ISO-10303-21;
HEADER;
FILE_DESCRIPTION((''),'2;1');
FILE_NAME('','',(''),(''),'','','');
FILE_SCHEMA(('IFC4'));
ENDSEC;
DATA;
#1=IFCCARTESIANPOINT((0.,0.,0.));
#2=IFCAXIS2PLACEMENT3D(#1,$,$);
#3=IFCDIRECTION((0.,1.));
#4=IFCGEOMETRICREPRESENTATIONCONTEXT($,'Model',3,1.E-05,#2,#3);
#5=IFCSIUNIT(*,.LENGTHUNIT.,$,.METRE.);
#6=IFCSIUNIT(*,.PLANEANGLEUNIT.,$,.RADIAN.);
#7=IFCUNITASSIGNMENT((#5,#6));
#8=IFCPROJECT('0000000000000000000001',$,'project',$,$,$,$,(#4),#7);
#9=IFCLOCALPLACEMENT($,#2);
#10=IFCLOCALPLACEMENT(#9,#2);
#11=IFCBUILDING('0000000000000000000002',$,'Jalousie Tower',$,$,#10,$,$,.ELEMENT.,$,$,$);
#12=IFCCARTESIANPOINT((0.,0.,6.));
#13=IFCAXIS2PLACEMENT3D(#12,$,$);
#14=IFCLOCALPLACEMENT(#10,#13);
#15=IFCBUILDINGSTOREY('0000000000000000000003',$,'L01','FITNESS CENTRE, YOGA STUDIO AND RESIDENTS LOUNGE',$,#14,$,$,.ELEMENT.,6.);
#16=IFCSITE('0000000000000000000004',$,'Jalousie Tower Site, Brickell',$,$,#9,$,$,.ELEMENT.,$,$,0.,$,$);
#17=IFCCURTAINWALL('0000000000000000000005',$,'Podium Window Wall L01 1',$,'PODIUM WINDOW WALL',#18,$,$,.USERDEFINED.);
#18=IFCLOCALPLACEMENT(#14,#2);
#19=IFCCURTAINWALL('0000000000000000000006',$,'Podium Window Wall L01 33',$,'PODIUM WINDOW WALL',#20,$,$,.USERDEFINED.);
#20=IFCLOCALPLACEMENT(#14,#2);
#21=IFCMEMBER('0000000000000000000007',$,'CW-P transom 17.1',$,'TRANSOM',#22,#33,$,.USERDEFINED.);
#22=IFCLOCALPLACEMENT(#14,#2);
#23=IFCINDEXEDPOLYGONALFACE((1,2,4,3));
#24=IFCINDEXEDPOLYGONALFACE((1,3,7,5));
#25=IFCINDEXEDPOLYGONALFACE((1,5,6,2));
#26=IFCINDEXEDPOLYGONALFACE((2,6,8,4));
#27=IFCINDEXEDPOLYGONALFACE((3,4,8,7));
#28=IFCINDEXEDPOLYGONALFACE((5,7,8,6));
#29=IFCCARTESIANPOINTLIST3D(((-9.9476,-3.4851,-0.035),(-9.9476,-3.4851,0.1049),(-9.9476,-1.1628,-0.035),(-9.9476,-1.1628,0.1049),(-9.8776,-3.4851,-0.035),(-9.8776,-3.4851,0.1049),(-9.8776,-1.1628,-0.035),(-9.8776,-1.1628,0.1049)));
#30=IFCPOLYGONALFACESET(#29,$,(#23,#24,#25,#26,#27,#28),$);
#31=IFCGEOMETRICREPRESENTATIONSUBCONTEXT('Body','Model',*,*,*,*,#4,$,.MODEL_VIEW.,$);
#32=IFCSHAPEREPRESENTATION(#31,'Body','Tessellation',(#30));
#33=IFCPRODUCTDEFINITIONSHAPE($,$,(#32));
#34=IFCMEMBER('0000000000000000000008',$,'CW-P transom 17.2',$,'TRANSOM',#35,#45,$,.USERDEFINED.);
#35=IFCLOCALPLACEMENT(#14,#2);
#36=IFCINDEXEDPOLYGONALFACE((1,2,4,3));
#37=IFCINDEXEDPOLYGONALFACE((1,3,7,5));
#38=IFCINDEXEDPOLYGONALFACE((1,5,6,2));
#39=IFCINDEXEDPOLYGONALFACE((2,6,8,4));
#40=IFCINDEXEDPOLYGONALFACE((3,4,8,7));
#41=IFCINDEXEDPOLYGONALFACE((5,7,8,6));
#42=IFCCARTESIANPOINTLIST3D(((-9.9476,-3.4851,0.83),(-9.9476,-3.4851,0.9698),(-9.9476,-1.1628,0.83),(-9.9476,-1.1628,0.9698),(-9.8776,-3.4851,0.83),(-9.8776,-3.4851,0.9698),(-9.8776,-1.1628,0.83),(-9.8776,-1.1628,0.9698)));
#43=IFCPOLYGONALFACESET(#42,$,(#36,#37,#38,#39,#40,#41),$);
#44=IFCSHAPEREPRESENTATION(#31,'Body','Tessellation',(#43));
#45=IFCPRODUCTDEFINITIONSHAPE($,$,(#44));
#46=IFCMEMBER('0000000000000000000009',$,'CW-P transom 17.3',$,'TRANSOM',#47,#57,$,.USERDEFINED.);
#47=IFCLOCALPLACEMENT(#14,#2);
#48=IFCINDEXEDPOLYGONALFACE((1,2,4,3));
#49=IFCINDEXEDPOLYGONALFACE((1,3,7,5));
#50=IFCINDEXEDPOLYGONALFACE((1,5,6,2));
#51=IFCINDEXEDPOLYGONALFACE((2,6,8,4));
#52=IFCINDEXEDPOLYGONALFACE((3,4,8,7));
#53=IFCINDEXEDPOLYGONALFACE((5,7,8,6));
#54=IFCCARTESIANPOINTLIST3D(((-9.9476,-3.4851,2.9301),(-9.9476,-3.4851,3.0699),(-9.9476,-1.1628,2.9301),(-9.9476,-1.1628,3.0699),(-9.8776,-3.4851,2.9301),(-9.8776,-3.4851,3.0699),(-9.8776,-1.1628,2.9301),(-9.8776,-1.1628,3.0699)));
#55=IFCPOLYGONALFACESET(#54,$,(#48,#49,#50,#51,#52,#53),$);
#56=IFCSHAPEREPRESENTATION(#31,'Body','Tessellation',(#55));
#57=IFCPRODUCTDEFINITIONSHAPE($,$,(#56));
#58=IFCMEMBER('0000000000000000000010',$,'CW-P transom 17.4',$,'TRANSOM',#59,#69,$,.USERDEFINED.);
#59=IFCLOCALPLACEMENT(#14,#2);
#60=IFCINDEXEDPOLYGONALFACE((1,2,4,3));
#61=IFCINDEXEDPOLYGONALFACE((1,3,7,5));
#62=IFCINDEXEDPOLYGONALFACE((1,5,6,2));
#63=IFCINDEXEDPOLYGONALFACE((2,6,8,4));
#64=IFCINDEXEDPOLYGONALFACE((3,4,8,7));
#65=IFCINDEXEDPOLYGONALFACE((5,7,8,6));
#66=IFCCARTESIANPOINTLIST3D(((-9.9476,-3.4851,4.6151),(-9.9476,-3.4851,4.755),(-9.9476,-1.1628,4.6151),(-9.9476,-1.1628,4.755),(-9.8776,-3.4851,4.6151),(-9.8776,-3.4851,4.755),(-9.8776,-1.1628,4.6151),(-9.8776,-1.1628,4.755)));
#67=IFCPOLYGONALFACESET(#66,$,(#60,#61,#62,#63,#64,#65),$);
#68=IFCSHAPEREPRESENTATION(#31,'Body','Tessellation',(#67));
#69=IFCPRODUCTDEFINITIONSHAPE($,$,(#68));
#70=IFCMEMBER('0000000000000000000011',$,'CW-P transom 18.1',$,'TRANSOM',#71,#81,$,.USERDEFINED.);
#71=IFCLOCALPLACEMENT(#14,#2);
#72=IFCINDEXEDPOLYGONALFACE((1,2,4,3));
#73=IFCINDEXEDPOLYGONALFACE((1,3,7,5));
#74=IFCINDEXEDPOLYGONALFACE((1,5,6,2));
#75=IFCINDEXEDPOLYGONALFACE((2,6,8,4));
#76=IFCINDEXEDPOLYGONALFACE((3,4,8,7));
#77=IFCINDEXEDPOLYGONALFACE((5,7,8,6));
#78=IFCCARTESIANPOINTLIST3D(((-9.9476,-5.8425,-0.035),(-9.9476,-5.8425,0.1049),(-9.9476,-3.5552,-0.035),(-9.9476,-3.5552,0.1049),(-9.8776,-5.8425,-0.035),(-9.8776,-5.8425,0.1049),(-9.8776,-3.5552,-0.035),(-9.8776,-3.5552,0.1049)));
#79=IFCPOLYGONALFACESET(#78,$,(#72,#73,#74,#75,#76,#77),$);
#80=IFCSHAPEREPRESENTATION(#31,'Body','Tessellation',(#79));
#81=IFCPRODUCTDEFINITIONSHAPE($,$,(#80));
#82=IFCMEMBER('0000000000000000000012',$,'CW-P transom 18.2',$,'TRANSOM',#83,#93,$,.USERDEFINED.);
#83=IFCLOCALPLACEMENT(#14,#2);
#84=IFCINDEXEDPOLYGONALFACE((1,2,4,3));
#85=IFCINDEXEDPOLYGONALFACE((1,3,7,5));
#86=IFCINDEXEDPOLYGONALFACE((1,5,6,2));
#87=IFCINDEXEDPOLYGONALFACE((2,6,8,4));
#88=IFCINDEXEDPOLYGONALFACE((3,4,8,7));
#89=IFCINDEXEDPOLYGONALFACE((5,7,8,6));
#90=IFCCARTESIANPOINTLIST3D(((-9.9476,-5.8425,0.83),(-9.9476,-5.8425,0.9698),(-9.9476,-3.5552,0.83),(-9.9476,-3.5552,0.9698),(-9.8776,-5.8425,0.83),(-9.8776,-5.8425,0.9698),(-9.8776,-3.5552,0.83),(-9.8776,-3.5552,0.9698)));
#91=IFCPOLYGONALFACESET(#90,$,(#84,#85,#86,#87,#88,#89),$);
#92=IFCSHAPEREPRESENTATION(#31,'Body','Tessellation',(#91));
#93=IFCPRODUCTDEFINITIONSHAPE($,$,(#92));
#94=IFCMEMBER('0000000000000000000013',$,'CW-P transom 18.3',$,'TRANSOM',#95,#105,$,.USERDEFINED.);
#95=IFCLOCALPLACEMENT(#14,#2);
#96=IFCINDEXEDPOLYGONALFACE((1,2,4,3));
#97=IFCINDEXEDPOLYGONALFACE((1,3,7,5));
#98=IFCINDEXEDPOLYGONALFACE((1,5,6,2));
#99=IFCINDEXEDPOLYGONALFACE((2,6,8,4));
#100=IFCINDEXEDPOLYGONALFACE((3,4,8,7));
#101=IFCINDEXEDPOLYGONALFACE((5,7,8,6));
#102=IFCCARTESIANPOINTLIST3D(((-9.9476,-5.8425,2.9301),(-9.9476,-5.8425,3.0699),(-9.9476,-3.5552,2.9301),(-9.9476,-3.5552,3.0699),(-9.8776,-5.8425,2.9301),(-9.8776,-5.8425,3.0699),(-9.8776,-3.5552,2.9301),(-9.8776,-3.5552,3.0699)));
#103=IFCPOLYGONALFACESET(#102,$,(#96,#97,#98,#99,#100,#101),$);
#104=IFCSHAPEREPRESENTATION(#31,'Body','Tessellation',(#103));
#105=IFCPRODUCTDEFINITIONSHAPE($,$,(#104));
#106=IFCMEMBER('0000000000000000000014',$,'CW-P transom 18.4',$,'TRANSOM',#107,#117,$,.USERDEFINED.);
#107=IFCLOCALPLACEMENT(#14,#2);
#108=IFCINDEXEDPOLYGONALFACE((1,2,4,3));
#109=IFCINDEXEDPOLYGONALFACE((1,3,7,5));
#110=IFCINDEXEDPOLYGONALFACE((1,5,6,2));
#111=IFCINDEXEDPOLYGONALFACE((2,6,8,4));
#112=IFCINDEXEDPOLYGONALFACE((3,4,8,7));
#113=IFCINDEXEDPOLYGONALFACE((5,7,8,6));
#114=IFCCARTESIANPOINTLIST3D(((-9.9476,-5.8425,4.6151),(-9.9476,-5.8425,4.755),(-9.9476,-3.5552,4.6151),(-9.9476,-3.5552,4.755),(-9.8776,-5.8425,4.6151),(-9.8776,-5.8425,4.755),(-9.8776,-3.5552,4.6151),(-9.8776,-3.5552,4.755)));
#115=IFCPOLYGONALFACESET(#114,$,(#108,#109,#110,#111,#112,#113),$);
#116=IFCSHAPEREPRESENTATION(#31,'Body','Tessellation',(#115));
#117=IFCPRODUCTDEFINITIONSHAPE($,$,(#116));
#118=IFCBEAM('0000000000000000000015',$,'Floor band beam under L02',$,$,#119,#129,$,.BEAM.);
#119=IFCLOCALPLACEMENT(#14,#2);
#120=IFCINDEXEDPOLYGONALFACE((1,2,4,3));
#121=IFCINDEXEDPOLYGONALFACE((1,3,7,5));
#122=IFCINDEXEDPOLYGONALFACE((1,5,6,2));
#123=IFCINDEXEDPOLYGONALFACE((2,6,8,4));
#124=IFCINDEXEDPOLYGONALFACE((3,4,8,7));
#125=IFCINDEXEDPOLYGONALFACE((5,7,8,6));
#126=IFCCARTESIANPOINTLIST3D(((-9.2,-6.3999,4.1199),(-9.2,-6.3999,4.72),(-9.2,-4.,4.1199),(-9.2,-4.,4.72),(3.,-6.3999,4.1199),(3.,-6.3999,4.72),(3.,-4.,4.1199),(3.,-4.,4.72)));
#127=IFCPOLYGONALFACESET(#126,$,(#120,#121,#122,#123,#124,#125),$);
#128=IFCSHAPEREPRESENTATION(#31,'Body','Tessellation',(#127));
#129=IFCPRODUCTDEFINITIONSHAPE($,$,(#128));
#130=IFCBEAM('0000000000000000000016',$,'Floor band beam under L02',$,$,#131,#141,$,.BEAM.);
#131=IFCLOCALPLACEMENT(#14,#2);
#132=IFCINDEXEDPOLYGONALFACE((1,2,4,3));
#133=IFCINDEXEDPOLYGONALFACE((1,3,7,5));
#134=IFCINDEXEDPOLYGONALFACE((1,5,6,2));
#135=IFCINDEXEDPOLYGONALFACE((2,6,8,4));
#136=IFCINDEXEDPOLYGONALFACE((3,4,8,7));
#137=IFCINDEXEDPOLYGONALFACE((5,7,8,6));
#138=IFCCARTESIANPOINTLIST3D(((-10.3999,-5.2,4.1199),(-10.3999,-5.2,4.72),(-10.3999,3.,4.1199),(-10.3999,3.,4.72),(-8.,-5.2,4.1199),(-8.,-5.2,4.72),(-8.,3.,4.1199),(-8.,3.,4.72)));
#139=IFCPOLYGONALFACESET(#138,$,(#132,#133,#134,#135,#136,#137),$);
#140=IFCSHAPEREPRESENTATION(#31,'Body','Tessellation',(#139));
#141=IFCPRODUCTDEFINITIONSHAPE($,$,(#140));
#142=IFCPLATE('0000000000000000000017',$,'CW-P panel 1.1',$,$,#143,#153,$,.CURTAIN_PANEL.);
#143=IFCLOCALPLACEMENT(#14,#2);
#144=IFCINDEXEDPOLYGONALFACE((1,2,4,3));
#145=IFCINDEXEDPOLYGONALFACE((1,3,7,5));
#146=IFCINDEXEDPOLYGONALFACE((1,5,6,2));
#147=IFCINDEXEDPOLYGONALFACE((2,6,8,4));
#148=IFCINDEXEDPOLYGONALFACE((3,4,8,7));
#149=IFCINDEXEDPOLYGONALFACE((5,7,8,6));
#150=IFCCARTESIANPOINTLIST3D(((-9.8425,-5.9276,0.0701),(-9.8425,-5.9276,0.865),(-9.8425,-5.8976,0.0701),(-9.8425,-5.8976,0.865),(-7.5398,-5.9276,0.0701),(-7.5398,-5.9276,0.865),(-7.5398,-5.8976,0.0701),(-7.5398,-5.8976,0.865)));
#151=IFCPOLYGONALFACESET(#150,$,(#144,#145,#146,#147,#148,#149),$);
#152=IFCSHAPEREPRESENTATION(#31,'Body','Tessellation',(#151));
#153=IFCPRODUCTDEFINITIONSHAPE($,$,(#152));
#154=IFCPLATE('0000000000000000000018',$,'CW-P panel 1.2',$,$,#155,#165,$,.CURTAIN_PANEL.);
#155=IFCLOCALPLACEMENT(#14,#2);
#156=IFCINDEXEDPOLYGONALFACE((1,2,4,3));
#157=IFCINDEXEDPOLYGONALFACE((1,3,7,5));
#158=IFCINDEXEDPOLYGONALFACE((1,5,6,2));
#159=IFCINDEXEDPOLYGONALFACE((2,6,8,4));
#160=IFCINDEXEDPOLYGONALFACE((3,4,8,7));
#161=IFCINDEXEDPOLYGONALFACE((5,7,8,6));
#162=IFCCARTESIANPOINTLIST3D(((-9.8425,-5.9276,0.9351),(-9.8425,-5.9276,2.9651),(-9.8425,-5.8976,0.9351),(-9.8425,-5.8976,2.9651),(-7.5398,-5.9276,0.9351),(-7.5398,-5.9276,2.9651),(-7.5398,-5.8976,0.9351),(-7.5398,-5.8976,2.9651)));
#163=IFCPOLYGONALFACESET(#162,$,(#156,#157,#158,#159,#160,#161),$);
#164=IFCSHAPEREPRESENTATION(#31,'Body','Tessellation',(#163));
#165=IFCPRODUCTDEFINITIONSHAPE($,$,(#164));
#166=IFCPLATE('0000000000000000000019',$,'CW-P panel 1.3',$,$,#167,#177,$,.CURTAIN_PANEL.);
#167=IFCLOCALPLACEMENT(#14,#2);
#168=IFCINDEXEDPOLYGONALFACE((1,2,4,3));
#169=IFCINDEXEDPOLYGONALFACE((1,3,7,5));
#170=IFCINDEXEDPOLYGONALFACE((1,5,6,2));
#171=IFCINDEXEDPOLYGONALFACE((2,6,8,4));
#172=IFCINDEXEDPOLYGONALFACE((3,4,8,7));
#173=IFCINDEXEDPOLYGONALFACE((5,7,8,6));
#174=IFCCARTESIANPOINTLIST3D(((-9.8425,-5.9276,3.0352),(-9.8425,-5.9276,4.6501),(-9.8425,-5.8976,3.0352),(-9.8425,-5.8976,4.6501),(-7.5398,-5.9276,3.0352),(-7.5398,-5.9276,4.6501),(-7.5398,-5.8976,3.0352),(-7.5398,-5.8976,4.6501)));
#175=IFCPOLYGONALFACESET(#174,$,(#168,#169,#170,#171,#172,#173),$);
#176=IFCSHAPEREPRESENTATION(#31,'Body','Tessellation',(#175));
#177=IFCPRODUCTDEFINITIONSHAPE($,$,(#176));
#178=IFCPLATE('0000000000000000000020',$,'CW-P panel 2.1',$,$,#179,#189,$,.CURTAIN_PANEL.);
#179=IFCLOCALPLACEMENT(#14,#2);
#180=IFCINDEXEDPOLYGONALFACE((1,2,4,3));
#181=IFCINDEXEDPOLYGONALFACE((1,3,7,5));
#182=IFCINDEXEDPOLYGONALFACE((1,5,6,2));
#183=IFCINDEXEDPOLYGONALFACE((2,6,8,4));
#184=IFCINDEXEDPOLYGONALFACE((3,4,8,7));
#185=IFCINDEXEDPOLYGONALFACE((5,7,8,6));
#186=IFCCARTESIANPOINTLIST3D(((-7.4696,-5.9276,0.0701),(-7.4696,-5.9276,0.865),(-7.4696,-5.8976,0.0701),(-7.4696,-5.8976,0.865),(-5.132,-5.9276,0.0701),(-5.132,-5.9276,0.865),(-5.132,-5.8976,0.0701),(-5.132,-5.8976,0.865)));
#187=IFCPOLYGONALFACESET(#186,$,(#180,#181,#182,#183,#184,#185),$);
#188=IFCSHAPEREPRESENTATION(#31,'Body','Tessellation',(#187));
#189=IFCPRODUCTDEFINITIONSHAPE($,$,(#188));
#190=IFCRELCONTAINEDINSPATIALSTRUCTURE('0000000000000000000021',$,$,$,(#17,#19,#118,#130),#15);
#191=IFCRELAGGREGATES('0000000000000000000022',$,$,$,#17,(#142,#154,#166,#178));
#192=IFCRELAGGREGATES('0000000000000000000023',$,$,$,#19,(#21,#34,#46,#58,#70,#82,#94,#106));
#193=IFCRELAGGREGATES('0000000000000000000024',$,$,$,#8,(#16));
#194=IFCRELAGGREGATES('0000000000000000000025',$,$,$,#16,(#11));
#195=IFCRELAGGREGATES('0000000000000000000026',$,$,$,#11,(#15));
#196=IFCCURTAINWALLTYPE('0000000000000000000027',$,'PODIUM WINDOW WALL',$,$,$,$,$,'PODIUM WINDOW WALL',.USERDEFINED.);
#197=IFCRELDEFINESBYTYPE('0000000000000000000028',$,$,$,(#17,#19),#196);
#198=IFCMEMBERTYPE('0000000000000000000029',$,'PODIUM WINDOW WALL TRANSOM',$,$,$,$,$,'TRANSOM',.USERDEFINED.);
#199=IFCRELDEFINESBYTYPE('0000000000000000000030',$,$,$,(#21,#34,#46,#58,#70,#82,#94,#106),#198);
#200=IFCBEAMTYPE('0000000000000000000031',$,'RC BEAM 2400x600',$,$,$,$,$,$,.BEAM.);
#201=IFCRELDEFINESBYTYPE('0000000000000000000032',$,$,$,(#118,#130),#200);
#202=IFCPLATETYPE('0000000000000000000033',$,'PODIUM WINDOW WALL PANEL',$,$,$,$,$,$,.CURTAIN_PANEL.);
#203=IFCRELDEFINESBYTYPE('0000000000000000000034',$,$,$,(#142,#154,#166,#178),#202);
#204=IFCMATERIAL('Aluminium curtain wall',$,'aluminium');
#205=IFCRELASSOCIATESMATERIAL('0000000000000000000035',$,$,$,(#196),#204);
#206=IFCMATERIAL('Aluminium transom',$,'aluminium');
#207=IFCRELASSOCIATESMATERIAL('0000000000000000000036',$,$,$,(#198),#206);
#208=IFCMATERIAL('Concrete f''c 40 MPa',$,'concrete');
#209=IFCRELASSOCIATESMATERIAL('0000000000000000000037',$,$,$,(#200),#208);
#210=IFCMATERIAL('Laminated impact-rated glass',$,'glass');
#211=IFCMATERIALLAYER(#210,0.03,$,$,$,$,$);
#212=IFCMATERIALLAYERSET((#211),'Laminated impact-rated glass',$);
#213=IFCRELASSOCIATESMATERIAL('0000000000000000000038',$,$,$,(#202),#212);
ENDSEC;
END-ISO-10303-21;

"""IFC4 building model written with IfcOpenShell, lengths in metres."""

from ifc_helpers import new_model, si_unit, direction, frame, origin, origin_2d, place, context, subcontext, project, spatial, rectangle, extrude, material, layer, layer_set, material_profile, profile_set, type_object, element, aggregate, save


model = new_model("IFC4")

# Units and contexts
model_context = context("Model", 3, precision=1e-05, world=origin(), true_north=direction((0.0, 1.0)))
body_context = subcontext(model_context, "Body", "Model", "MODEL_VIEW")
ifc_project = project(units=[si_unit("LENGTHUNIT", "METRE"), si_unit("PLANEANGLEUNIT", "RADIAN")], contexts=[model_context])

# Site, building, storey
site_placement = place(None, origin())
site = spatial("IfcSite", under=ifc_project, at=site_placement, Name="Jalousie Tower Site, Brickell", CompositionType="ELEMENT", RefElevation=0.0)
building_placement = place(site_placement, origin())
building = spatial("IfcBuilding", under=site, at=building_placement, Name="Jalousie Tower", CompositionType="ELEMENT")
storey_placement = place(building_placement, frame((0.0, 0.0, 6.0)))
storey = spatial("IfcBuildingStorey", under=building, at=storey_placement, Name="L01", Description="FITNESS CENTRE, YOGA STUDIO AND RESIDENTS LOUNGE", CompositionType="ELEMENT", Elevation=6.0)

# Curtain walls
ifc_material_1 = material(Name="Aluminium curtain wall", Category="aluminium")
curtain_wall_type = type_object("IfcCurtainWallType", Name="PODIUM WINDOW WALL", ElementType="PODIUM WINDOW WALL", PredefinedType="USERDEFINED", material=ifc_material_1)
curtain_wall_1_placement = place(storey_placement, origin())
curtain_wall_1 = element("IfcCurtainWall", 1, at=curtain_wall_1_placement, inside=storey, type_object=curtain_wall_type, Name="Podium Window Wall L01 1", ObjectType="PODIUM WINDOW WALL", PredefinedType="USERDEFINED")
curtain_wall_2_placement = place(storey_placement, origin())
curtain_wall_2 = element("IfcCurtainWall", 2, at=curtain_wall_2_placement, inside=storey, type_object=curtain_wall_type, Name="Podium Window Wall L01 33", ObjectType="PODIUM WINDOW WALL", PredefinedType="USERDEFINED")

# Members
ifc_material_2 = material(Name="Aluminium transom", Category="aluminium")
ifc_material_profile_1 = material_profile(ifc_material_2, rectangle(XDim=0.0701, YDim=0.1399, at=origin_2d()), Name="TRANSOM 70x140")
ifc_profile_set_1 = profile_set([ifc_material_profile_1], Name="Aluminium transom")
member_type_1 = type_object("IfcMemberType", Name="PODIUM WINDOW WALL TRANSOM", ElementType="TRANSOM", PredefinedType="USERDEFINED", material=ifc_profile_set_1)
member_1_placement = place(storey_placement, frame((-9.9126, -1.1628, 0.0349), z_axis=(0.0, -1.0, 0.0), x_axis=(1.0, 0.0, 0.0)))
member_1 = element("IfcMember", 3, at=member_1_placement, type_object=member_type_1, Name="CW-P transom 17.1", ObjectType="TRANSOM", PredefinedType="USERDEFINED", context=body_context, shape_type="SweptSolid", body=[
    extrude(rectangle(XDim=0.0701, YDim=0.1399, at=origin_2d()), origin(), (0.0, 0.0, 1.0), 2.3223),
])
member_2_placement = place(storey_placement, frame((-9.9126, -1.1628, 0.8999), z_axis=(0.0, -1.0, 0.0), x_axis=(1.0, 0.0, 0.0)))
member_2 = element("IfcMember", 4, at=member_2_placement, type_object=member_type_1, Name="CW-P transom 17.2", ObjectType="TRANSOM", PredefinedType="USERDEFINED", context=body_context, shape_type="SweptSolid", body=[
    extrude(rectangle(XDim=0.0701, YDim=0.1399, at=origin_2d()), origin(), (0.0, 0.0, 1.0), 2.3223),
])
member_3_placement = place(storey_placement, frame((-9.9126, -1.1628, 3.0), z_axis=(0.0, -1.0, 0.0), x_axis=(1.0, 0.0, 0.0)))
member_3 = element("IfcMember", 5, at=member_3_placement, type_object=member_type_1, Name="CW-P transom 17.3", ObjectType="TRANSOM", PredefinedType="USERDEFINED", context=body_context, shape_type="SweptSolid", body=[
    extrude(rectangle(XDim=0.0701, YDim=0.1399, at=origin_2d()), origin(), (0.0, 0.0, 1.0), 2.3223),
])
member_4_placement = place(storey_placement, frame((-9.9126, -1.1628, 4.6851), z_axis=(0.0, -1.0, 0.0), x_axis=(1.0, 0.0, 0.0)))
member_4 = element("IfcMember", 6, at=member_4_placement, type_object=member_type_1, Name="CW-P transom 17.4", ObjectType="TRANSOM", PredefinedType="USERDEFINED", context=body_context, shape_type="SweptSolid", body=[
    extrude(rectangle(XDim=0.0701, YDim=0.1399, at=origin_2d()), origin(), (0.0, 0.0, 1.0), 2.3223),
])
member_5_placement = place(storey_placement, frame((-9.9126, -3.5552, 0.0349), z_axis=(0.0, -1.0, 0.0), x_axis=(1.0, 0.0, 0.0)))
member_5 = element("IfcMember", 7, at=member_5_placement, type_object=member_type_1, Name="CW-P transom 18.1", ObjectType="TRANSOM", PredefinedType="USERDEFINED", context=body_context, shape_type="SweptSolid", body=[
    extrude(rectangle(XDim=0.0701, YDim=0.1399, at=origin_2d()), origin(), (0.0, 0.0, 1.0), 2.2874),
])
member_6_placement = place(storey_placement, frame((-9.9126, -3.5552, 0.8999), z_axis=(0.0, -1.0, 0.0), x_axis=(1.0, 0.0, 0.0)))
member_6 = element("IfcMember", 8, at=member_6_placement, type_object=member_type_1, Name="CW-P transom 18.2", ObjectType="TRANSOM", PredefinedType="USERDEFINED", context=body_context, shape_type="SweptSolid", body=[
    extrude(rectangle(XDim=0.0701, YDim=0.1399, at=origin_2d()), origin(), (0.0, 0.0, 1.0), 2.2874),
])
member_7_placement = place(storey_placement, frame((-9.9126, -3.5552, 3.0), z_axis=(0.0, -1.0, 0.0), x_axis=(1.0, 0.0, 0.0)))
member_7 = element("IfcMember", 9, at=member_7_placement, type_object=member_type_1, Name="CW-P transom 18.3", ObjectType="TRANSOM", PredefinedType="USERDEFINED", context=body_context, shape_type="SweptSolid", body=[
    extrude(rectangle(XDim=0.0701, YDim=0.1399, at=origin_2d()), origin(), (0.0, 0.0, 1.0), 2.2874),
])
member_8_placement = place(storey_placement, frame((-9.9126, -3.5552, 4.6851), z_axis=(0.0, -1.0, 0.0), x_axis=(1.0, 0.0, 0.0)))
member_8 = element("IfcMember", 10, at=member_8_placement, type_object=member_type_1, Name="CW-P transom 18.4", ObjectType="TRANSOM", PredefinedType="USERDEFINED", context=body_context, shape_type="SweptSolid", body=[
    extrude(rectangle(XDim=0.0701, YDim=0.1399, at=origin_2d()), origin(), (0.0, 0.0, 1.0), 2.2874),
])

# Beams
ifc_material_3 = material(Name="Concrete f'c 40 MPa", Category="concrete")
ifc_material_profile_2 = material_profile(ifc_material_3, rectangle(XDim=2.3999, YDim=0.6001, at=origin_2d()), Name="RC 2400x600")
ifc_profile_set_2 = profile_set([ifc_material_profile_2], Name="Concrete f'c 40 MPa")
beam_type = type_object("IfcBeamType", Name="RC BEAM 2400x600", PredefinedType="BEAM", material=ifc_profile_set_2)
beam_1_placement = place(storey_placement, frame((-9.2, -5.2, 4.4199), z_axis=(1.0, 0.0, 0.0), x_axis=(0.0, 1.0, 0.0)))
element("IfcBeam", 11, at=beam_1_placement, inside=storey, type_object=beam_type, Name="Floor band beam under L02", PredefinedType="BEAM", context=body_context, shape_type="SweptSolid", body=[
    extrude(rectangle(XDim=2.3999, YDim=0.6001, at=origin_2d()), origin(), (0.0, 0.0, 1.0), 12.2),
])
beam_2_placement = place(storey_placement, frame((-9.2, -5.2, 4.4199), z_axis=(0.0, 1.0, 0.0), x_axis=(-1.0, 0.0, 0.0)))
element("IfcBeam", 12, at=beam_2_placement, inside=storey, type_object=beam_type, Name="Floor band beam under L02", PredefinedType="BEAM", context=body_context, shape_type="SweptSolid", body=[
    extrude(rectangle(XDim=2.3999, YDim=0.6001, at=origin_2d()), origin(), (0.0, 0.0, 1.0), 8.2),
])

# Plates
ifc_material_4 = material(Name="Laminated impact-rated glass", Category="glass")
ifc_layer = layer(ifc_material_4, 0.03)
ifc_layer_set = layer_set([ifc_layer], Name="Laminated impact-rated glass")
plate_type = type_object("IfcPlateType", Name="PODIUM WINDOW WALL PANEL", PredefinedType="CURTAIN_PANEL", material=ifc_layer_set)
plate_1_placement = place(storey_placement, frame((-8.6912, -5.9126, 0.0701), z_axis=(0.0, 0.0, 1.0), x_axis=(1.0, 0.0, 0.0)))
plate_1 = element("IfcPlate", 13, at=plate_1_placement, type_object=plate_type, Name="CW-P panel 1.1", PredefinedType="CURTAIN_PANEL", context=body_context, shape_type="SweptSolid", body=[
    extrude(rectangle(XDim=2.3027, YDim=0.03, at=origin_2d()), origin(), (0.0, 0.0, 1.0), 0.7949),
])
plate_2_placement = place(storey_placement, frame((-8.6912, -5.9126, 0.9351), z_axis=(0.0, 0.0, 1.0), x_axis=(1.0, 0.0, 0.0)))
plate_2 = element("IfcPlate", 14, at=plate_2_placement, type_object=plate_type, Name="CW-P panel 1.2", PredefinedType="CURTAIN_PANEL", context=body_context, shape_type="SweptSolid", body=[
    extrude(rectangle(XDim=2.3027, YDim=0.03, at=origin_2d()), origin(), (0.0, 0.0, 1.0), 2.03),
])
plate_3_placement = place(storey_placement, frame((-8.6912, -5.9126, 3.0352), z_axis=(0.0, 0.0, 1.0), x_axis=(1.0, 0.0, 0.0)))
plate_3 = element("IfcPlate", 15, at=plate_3_placement, type_object=plate_type, Name="CW-P panel 1.3", PredefinedType="CURTAIN_PANEL", context=body_context, shape_type="SweptSolid", body=[
    extrude(rectangle(XDim=2.3027, YDim=0.03, at=origin_2d()), origin(), (0.0, 0.0, 1.0), 1.615),
])
plate_4_placement = place(storey_placement, frame((-6.3008, -5.9126, 0.0701), z_axis=(0.0, 0.0, 1.0), x_axis=(1.0, 0.0, 0.0)))
plate_4 = element("IfcPlate", 16, at=plate_4_placement, type_object=plate_type, Name="CW-P panel 2.1", PredefinedType="CURTAIN_PANEL", context=body_context, shape_type="SweptSolid", body=[
    extrude(rectangle(XDim=2.3376, YDim=0.03, at=origin_2d()), origin(), (0.0, 0.0, 1.0), 0.7949),
])
aggregate(curtain_wall_1, [plate_1, plate_2, plate_3, plate_4])
aggregate(curtain_wall_2, [member_1, member_2, member_3, member_4, member_5, member_6, member_7, member_8])

save(model, "model.ifc")
